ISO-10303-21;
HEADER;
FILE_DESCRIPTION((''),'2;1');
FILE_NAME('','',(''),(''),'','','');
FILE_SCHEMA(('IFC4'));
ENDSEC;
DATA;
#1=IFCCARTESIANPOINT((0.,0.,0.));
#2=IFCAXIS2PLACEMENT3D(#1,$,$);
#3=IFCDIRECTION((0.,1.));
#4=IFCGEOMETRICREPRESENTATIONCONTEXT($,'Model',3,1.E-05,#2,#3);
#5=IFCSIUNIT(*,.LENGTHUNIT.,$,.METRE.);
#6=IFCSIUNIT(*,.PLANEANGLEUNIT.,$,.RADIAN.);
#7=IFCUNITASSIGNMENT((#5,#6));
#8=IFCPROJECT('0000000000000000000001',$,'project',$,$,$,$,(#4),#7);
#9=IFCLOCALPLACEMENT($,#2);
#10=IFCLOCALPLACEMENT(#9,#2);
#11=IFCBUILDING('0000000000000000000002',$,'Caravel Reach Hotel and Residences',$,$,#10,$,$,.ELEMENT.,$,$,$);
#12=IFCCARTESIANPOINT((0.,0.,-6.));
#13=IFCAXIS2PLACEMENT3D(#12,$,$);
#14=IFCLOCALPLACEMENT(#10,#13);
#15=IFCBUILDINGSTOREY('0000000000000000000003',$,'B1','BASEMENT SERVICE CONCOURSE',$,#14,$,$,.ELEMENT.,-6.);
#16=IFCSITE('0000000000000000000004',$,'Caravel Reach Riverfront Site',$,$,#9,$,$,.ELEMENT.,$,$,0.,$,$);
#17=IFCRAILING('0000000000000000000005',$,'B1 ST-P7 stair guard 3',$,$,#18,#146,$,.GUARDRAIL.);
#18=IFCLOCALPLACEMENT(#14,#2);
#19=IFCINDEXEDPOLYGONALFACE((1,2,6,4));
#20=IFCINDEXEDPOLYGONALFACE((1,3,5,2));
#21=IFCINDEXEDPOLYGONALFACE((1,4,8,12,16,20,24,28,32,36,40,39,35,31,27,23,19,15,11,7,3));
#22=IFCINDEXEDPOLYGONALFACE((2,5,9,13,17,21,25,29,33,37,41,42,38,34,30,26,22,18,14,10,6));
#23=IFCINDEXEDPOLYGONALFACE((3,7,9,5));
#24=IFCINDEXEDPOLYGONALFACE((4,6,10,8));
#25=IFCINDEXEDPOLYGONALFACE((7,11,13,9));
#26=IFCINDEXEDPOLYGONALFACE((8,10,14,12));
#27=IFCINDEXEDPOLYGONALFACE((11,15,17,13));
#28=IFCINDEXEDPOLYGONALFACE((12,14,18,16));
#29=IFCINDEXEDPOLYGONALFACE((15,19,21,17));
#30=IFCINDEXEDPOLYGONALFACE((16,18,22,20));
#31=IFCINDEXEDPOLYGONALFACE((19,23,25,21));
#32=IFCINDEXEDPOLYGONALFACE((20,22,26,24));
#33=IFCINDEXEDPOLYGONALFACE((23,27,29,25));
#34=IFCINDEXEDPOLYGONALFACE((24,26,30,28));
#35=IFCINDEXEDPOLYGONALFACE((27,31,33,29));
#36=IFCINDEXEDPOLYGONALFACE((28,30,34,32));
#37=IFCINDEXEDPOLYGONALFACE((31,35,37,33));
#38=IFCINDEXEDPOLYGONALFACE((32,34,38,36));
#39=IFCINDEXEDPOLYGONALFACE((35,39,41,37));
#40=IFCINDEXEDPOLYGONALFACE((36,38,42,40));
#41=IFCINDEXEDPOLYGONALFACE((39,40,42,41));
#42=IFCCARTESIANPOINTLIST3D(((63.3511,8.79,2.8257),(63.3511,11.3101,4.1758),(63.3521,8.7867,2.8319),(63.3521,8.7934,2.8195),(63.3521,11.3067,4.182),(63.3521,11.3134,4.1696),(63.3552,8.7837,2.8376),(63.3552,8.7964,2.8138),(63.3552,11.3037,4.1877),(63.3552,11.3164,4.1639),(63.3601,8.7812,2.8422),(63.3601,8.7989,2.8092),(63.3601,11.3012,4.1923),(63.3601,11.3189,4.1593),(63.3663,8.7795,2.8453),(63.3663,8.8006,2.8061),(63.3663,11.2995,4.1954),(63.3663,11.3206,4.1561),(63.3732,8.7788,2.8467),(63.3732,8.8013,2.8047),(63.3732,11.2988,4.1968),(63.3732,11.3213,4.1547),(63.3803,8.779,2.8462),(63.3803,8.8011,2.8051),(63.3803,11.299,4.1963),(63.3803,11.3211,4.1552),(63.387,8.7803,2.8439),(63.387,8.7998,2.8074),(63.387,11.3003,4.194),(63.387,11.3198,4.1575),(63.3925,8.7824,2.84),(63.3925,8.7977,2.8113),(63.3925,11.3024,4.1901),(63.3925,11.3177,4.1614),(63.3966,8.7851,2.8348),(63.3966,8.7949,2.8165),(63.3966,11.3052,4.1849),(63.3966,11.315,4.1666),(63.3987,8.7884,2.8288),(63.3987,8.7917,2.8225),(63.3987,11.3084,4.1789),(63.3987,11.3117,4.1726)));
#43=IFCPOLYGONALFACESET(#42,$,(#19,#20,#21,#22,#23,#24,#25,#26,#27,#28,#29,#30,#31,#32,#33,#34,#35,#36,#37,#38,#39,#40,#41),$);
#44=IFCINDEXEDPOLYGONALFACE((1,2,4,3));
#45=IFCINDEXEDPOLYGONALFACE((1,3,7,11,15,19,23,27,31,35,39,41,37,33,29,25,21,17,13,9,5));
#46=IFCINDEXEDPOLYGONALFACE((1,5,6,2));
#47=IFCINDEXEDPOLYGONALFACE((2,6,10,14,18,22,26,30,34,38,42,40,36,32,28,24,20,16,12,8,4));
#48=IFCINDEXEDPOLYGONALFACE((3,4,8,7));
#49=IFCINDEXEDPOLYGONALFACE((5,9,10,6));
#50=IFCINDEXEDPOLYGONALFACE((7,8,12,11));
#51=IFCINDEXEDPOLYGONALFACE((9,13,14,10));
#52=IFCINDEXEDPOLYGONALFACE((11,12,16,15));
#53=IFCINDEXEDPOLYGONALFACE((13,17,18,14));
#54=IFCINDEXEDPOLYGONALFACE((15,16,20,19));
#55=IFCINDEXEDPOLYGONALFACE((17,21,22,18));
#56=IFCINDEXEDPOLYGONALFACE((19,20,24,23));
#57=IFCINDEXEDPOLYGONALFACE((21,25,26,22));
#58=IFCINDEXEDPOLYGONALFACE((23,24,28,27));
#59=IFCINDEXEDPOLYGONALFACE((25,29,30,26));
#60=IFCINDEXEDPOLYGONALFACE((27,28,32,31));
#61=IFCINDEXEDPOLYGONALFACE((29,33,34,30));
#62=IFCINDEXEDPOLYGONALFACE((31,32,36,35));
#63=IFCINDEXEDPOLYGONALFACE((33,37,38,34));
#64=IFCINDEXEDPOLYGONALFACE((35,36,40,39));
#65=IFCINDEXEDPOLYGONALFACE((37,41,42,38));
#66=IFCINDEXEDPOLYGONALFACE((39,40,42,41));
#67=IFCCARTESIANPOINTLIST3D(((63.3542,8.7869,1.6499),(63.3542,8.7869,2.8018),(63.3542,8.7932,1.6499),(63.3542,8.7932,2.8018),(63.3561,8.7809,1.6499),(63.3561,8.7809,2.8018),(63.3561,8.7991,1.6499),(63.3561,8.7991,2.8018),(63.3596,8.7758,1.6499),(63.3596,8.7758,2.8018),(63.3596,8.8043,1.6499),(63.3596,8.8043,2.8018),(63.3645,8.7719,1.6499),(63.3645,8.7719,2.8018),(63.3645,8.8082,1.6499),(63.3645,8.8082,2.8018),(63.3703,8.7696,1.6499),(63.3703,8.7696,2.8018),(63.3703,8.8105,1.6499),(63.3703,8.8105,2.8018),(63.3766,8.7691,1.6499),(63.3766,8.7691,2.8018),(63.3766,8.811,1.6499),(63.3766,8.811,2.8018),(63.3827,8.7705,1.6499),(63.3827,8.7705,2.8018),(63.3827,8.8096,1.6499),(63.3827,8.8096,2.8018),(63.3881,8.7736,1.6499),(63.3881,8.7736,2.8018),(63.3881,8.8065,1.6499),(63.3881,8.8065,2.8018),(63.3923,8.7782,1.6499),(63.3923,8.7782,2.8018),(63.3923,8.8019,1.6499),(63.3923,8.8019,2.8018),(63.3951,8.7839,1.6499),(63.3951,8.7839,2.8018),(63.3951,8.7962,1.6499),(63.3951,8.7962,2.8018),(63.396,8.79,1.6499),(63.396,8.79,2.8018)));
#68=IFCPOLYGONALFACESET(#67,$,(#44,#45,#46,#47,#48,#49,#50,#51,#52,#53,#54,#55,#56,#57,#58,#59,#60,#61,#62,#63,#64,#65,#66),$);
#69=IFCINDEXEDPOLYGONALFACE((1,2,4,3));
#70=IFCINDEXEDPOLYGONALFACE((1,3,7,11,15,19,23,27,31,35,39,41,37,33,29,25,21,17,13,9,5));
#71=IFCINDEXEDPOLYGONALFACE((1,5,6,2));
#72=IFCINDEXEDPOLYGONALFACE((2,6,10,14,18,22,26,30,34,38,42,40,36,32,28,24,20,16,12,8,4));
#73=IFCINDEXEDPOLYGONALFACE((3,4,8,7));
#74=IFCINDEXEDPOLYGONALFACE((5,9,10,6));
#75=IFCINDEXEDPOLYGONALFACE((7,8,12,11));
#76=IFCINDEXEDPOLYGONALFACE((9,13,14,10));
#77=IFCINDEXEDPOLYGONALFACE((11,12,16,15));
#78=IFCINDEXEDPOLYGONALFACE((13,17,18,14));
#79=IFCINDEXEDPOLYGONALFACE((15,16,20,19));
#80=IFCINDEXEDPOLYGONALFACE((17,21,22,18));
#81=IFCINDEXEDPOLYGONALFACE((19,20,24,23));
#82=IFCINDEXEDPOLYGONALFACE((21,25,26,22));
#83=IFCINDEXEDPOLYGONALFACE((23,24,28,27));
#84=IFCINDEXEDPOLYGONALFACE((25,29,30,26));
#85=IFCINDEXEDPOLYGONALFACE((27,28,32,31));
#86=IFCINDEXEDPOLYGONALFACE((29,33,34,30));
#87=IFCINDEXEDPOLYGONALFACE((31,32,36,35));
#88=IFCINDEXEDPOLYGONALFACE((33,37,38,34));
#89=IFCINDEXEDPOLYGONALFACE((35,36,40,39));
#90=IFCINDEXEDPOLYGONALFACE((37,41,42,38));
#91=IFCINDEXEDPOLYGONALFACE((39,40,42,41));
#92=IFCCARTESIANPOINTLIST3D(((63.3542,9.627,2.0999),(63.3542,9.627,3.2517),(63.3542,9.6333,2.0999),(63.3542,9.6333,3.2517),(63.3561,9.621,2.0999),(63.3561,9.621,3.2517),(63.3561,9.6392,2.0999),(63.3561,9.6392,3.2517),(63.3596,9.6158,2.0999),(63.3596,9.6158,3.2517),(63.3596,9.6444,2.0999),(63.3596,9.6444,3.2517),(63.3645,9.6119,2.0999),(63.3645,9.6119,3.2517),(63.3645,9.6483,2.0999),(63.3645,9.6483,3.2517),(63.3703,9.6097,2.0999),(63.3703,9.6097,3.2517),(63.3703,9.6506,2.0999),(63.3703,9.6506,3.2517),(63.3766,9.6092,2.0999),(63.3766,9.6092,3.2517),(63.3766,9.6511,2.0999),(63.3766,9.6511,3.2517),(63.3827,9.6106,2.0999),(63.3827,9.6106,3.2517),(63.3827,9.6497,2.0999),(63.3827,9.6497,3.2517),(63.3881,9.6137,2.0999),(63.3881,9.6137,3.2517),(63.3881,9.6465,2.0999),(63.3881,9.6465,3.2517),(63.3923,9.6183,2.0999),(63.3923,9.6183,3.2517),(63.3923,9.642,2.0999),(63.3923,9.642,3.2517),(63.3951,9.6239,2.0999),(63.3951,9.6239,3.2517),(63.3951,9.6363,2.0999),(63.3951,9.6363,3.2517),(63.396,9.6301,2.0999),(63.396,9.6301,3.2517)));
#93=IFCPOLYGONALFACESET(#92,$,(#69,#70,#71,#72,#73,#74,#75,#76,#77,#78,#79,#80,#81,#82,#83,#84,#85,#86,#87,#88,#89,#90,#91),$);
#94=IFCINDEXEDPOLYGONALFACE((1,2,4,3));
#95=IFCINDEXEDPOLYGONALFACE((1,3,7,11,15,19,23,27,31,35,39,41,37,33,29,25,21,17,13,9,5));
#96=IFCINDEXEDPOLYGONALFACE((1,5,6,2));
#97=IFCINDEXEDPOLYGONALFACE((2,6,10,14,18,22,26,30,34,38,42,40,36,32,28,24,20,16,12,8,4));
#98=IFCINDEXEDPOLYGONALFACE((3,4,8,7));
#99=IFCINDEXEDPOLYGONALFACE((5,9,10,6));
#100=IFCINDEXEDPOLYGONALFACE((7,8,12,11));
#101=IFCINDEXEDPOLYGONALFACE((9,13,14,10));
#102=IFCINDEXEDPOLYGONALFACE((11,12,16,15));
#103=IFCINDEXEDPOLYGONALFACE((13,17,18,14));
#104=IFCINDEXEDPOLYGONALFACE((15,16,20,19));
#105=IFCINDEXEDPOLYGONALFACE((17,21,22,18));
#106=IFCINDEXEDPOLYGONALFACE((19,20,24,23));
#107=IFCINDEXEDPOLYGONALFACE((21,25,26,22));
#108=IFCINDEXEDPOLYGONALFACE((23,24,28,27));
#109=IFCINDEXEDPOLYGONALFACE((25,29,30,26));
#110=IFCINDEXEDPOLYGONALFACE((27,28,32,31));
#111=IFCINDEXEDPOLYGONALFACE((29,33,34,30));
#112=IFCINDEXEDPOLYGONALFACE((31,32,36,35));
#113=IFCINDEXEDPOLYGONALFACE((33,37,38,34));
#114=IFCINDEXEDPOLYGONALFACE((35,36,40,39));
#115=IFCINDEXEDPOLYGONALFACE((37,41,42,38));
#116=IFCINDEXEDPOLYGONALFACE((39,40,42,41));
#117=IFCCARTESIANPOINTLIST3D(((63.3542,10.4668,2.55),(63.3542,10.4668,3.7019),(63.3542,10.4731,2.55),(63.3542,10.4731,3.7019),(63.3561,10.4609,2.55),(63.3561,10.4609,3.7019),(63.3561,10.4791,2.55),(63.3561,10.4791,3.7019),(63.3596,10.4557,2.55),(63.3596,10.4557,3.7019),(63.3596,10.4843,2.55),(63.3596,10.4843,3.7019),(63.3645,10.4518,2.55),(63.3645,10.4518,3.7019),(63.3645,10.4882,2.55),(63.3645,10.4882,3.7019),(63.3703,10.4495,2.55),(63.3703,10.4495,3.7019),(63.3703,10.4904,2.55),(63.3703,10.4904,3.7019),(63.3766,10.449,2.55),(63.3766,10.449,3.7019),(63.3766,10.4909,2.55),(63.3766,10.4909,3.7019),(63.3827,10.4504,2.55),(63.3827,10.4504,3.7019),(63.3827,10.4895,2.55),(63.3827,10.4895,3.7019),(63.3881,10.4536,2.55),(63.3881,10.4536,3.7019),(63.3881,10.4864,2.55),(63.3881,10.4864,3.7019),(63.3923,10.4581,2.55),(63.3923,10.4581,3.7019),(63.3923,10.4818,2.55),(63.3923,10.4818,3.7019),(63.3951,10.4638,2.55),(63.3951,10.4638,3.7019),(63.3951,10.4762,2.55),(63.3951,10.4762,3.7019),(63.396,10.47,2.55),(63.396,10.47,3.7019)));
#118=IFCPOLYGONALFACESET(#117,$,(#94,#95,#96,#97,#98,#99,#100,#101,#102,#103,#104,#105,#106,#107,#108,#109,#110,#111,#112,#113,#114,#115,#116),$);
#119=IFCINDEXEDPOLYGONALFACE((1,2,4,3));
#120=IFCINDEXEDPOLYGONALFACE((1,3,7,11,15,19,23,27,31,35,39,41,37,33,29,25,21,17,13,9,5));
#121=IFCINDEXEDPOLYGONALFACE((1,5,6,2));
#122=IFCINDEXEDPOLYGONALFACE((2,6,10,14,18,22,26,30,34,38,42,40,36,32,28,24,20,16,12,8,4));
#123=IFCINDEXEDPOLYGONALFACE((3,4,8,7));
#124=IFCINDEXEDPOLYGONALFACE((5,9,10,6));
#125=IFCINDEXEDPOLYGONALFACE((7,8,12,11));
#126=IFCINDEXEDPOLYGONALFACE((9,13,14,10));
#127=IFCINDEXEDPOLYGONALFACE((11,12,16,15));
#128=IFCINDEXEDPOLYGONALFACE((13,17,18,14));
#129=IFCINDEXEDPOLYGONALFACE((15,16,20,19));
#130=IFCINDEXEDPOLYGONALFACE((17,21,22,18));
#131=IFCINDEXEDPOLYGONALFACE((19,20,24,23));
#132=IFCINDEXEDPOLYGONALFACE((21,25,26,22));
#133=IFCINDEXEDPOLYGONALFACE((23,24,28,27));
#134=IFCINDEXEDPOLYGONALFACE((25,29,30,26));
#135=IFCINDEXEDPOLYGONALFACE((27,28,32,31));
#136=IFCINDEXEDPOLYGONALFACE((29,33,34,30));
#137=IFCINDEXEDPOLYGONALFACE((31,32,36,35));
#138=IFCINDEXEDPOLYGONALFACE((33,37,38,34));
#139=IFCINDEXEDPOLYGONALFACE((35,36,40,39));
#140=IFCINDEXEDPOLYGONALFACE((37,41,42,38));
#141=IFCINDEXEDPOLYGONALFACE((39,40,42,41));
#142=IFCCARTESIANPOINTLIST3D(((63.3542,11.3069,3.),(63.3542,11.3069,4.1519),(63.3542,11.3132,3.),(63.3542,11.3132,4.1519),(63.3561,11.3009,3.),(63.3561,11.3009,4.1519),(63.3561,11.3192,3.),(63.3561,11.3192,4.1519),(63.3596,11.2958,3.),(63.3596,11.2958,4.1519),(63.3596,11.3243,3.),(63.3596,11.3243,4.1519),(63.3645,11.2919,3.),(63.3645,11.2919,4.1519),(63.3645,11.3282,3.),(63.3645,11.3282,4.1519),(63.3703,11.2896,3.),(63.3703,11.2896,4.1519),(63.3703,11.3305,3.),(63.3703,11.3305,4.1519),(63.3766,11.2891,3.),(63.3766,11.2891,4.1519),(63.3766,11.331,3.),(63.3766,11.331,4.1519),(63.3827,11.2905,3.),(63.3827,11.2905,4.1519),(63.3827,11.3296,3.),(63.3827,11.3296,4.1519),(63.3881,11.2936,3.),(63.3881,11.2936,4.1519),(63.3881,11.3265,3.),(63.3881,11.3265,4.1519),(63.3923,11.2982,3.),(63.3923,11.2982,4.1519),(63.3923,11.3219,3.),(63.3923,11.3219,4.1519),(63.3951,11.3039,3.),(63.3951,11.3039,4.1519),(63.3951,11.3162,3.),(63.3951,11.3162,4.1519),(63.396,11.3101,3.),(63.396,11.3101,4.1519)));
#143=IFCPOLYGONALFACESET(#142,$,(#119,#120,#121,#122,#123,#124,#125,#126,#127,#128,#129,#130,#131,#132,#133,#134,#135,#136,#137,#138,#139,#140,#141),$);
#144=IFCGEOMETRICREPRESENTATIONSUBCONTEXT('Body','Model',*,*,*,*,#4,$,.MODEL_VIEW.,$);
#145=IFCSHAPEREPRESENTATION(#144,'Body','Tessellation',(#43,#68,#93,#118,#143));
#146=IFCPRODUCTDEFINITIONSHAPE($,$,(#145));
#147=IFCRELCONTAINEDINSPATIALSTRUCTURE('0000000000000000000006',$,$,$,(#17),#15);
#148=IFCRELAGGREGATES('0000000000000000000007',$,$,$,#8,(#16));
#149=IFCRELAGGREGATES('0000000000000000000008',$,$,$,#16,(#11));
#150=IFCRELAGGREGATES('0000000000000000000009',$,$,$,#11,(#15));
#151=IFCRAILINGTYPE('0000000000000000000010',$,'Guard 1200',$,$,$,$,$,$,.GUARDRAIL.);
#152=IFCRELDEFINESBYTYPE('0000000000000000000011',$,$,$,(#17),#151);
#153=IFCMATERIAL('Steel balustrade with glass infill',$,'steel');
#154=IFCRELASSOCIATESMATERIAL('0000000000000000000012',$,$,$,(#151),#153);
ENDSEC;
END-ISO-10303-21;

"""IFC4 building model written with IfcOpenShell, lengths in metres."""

from ifc_helpers import new_model, si_unit, direction, frame, origin, origin_2d, place, context, subcontext, project, spatial, circle, extrude, material, type_object, element, save


model = new_model("IFC4")

# Units and contexts
model_context = context("Model", 3, precision=1e-05, world=origin(), true_north=direction((0.0, 1.0)))
body_context = subcontext(model_context, "Body", "Model", "MODEL_VIEW")
ifc_project = project(units=[si_unit("LENGTHUNIT", "METRE"), si_unit("PLANEANGLEUNIT", "RADIAN")], contexts=[model_context])

# Site, building, storey
site_placement = place(None, origin())
site = spatial("IfcSite", under=ifc_project, at=site_placement, Name="Caravel Reach Riverfront Site", CompositionType="ELEMENT", RefElevation=0.0)
building_placement = place(site_placement, origin())
building = spatial("IfcBuilding", under=site, at=building_placement, Name="Caravel Reach Hotel and Residences", CompositionType="ELEMENT")
storey_placement = place(building_placement, frame((0.0, 0.0, -6.0)))
storey = spatial("IfcBuildingStorey", under=building, at=storey_placement, Name="B1", Description="BASEMENT SERVICE CONCOURSE", CompositionType="ELEMENT", Elevation=-6.0)

# Railing
ifc_material_1 = material(Name="Steel balustrade with glass infill", Category="steel")
railing_type_1 = type_object("IfcRailingType", Name="Guard 1200", PredefinedType="GUARDRAIL", material=ifc_material_1)
railing_1_placement = place(storey_placement, frame((63.375, 8.79, 1.6499)))
element("IfcRailing", 1, at=railing_1_placement, inside=storey, type_object=railing_type_1, Name="B1 ST-P7 stair guard 3", PredefinedType="GUARDRAIL", context=body_context, shape_type="SweptSolid", body=[
    extrude(circle(Radius=0.0239, at=origin_2d()), frame((0.0, 0.0, 1.1758), z_axis=(0.0, 0.881467, 0.472245), x_axis=(-1.0, 0.0, 0.0)), (0.0, 0.0, 1.0), 2.8589),
    extrude(circle(Radius=0.021, at=origin_2d()), origin(), (0.0, 0.0, 1.0), 1.1519),
    extrude(circle(Radius=0.021, at=origin_2d()), frame((0.0, 0.8401, 0.45)), (0.0, 0.0, 1.0), 1.1519),
    extrude(circle(Radius=0.021, at=origin_2d()), frame((0.0, 1.6799, 0.9001)), (0.0, 0.0, 1.0), 1.1519),
    extrude(circle(Radius=0.021, at=origin_2d()), frame((0.0, 2.52, 1.3501)), (0.0, 0.0, 1.0), 1.1519),
])

save(model, "model.ifc")
